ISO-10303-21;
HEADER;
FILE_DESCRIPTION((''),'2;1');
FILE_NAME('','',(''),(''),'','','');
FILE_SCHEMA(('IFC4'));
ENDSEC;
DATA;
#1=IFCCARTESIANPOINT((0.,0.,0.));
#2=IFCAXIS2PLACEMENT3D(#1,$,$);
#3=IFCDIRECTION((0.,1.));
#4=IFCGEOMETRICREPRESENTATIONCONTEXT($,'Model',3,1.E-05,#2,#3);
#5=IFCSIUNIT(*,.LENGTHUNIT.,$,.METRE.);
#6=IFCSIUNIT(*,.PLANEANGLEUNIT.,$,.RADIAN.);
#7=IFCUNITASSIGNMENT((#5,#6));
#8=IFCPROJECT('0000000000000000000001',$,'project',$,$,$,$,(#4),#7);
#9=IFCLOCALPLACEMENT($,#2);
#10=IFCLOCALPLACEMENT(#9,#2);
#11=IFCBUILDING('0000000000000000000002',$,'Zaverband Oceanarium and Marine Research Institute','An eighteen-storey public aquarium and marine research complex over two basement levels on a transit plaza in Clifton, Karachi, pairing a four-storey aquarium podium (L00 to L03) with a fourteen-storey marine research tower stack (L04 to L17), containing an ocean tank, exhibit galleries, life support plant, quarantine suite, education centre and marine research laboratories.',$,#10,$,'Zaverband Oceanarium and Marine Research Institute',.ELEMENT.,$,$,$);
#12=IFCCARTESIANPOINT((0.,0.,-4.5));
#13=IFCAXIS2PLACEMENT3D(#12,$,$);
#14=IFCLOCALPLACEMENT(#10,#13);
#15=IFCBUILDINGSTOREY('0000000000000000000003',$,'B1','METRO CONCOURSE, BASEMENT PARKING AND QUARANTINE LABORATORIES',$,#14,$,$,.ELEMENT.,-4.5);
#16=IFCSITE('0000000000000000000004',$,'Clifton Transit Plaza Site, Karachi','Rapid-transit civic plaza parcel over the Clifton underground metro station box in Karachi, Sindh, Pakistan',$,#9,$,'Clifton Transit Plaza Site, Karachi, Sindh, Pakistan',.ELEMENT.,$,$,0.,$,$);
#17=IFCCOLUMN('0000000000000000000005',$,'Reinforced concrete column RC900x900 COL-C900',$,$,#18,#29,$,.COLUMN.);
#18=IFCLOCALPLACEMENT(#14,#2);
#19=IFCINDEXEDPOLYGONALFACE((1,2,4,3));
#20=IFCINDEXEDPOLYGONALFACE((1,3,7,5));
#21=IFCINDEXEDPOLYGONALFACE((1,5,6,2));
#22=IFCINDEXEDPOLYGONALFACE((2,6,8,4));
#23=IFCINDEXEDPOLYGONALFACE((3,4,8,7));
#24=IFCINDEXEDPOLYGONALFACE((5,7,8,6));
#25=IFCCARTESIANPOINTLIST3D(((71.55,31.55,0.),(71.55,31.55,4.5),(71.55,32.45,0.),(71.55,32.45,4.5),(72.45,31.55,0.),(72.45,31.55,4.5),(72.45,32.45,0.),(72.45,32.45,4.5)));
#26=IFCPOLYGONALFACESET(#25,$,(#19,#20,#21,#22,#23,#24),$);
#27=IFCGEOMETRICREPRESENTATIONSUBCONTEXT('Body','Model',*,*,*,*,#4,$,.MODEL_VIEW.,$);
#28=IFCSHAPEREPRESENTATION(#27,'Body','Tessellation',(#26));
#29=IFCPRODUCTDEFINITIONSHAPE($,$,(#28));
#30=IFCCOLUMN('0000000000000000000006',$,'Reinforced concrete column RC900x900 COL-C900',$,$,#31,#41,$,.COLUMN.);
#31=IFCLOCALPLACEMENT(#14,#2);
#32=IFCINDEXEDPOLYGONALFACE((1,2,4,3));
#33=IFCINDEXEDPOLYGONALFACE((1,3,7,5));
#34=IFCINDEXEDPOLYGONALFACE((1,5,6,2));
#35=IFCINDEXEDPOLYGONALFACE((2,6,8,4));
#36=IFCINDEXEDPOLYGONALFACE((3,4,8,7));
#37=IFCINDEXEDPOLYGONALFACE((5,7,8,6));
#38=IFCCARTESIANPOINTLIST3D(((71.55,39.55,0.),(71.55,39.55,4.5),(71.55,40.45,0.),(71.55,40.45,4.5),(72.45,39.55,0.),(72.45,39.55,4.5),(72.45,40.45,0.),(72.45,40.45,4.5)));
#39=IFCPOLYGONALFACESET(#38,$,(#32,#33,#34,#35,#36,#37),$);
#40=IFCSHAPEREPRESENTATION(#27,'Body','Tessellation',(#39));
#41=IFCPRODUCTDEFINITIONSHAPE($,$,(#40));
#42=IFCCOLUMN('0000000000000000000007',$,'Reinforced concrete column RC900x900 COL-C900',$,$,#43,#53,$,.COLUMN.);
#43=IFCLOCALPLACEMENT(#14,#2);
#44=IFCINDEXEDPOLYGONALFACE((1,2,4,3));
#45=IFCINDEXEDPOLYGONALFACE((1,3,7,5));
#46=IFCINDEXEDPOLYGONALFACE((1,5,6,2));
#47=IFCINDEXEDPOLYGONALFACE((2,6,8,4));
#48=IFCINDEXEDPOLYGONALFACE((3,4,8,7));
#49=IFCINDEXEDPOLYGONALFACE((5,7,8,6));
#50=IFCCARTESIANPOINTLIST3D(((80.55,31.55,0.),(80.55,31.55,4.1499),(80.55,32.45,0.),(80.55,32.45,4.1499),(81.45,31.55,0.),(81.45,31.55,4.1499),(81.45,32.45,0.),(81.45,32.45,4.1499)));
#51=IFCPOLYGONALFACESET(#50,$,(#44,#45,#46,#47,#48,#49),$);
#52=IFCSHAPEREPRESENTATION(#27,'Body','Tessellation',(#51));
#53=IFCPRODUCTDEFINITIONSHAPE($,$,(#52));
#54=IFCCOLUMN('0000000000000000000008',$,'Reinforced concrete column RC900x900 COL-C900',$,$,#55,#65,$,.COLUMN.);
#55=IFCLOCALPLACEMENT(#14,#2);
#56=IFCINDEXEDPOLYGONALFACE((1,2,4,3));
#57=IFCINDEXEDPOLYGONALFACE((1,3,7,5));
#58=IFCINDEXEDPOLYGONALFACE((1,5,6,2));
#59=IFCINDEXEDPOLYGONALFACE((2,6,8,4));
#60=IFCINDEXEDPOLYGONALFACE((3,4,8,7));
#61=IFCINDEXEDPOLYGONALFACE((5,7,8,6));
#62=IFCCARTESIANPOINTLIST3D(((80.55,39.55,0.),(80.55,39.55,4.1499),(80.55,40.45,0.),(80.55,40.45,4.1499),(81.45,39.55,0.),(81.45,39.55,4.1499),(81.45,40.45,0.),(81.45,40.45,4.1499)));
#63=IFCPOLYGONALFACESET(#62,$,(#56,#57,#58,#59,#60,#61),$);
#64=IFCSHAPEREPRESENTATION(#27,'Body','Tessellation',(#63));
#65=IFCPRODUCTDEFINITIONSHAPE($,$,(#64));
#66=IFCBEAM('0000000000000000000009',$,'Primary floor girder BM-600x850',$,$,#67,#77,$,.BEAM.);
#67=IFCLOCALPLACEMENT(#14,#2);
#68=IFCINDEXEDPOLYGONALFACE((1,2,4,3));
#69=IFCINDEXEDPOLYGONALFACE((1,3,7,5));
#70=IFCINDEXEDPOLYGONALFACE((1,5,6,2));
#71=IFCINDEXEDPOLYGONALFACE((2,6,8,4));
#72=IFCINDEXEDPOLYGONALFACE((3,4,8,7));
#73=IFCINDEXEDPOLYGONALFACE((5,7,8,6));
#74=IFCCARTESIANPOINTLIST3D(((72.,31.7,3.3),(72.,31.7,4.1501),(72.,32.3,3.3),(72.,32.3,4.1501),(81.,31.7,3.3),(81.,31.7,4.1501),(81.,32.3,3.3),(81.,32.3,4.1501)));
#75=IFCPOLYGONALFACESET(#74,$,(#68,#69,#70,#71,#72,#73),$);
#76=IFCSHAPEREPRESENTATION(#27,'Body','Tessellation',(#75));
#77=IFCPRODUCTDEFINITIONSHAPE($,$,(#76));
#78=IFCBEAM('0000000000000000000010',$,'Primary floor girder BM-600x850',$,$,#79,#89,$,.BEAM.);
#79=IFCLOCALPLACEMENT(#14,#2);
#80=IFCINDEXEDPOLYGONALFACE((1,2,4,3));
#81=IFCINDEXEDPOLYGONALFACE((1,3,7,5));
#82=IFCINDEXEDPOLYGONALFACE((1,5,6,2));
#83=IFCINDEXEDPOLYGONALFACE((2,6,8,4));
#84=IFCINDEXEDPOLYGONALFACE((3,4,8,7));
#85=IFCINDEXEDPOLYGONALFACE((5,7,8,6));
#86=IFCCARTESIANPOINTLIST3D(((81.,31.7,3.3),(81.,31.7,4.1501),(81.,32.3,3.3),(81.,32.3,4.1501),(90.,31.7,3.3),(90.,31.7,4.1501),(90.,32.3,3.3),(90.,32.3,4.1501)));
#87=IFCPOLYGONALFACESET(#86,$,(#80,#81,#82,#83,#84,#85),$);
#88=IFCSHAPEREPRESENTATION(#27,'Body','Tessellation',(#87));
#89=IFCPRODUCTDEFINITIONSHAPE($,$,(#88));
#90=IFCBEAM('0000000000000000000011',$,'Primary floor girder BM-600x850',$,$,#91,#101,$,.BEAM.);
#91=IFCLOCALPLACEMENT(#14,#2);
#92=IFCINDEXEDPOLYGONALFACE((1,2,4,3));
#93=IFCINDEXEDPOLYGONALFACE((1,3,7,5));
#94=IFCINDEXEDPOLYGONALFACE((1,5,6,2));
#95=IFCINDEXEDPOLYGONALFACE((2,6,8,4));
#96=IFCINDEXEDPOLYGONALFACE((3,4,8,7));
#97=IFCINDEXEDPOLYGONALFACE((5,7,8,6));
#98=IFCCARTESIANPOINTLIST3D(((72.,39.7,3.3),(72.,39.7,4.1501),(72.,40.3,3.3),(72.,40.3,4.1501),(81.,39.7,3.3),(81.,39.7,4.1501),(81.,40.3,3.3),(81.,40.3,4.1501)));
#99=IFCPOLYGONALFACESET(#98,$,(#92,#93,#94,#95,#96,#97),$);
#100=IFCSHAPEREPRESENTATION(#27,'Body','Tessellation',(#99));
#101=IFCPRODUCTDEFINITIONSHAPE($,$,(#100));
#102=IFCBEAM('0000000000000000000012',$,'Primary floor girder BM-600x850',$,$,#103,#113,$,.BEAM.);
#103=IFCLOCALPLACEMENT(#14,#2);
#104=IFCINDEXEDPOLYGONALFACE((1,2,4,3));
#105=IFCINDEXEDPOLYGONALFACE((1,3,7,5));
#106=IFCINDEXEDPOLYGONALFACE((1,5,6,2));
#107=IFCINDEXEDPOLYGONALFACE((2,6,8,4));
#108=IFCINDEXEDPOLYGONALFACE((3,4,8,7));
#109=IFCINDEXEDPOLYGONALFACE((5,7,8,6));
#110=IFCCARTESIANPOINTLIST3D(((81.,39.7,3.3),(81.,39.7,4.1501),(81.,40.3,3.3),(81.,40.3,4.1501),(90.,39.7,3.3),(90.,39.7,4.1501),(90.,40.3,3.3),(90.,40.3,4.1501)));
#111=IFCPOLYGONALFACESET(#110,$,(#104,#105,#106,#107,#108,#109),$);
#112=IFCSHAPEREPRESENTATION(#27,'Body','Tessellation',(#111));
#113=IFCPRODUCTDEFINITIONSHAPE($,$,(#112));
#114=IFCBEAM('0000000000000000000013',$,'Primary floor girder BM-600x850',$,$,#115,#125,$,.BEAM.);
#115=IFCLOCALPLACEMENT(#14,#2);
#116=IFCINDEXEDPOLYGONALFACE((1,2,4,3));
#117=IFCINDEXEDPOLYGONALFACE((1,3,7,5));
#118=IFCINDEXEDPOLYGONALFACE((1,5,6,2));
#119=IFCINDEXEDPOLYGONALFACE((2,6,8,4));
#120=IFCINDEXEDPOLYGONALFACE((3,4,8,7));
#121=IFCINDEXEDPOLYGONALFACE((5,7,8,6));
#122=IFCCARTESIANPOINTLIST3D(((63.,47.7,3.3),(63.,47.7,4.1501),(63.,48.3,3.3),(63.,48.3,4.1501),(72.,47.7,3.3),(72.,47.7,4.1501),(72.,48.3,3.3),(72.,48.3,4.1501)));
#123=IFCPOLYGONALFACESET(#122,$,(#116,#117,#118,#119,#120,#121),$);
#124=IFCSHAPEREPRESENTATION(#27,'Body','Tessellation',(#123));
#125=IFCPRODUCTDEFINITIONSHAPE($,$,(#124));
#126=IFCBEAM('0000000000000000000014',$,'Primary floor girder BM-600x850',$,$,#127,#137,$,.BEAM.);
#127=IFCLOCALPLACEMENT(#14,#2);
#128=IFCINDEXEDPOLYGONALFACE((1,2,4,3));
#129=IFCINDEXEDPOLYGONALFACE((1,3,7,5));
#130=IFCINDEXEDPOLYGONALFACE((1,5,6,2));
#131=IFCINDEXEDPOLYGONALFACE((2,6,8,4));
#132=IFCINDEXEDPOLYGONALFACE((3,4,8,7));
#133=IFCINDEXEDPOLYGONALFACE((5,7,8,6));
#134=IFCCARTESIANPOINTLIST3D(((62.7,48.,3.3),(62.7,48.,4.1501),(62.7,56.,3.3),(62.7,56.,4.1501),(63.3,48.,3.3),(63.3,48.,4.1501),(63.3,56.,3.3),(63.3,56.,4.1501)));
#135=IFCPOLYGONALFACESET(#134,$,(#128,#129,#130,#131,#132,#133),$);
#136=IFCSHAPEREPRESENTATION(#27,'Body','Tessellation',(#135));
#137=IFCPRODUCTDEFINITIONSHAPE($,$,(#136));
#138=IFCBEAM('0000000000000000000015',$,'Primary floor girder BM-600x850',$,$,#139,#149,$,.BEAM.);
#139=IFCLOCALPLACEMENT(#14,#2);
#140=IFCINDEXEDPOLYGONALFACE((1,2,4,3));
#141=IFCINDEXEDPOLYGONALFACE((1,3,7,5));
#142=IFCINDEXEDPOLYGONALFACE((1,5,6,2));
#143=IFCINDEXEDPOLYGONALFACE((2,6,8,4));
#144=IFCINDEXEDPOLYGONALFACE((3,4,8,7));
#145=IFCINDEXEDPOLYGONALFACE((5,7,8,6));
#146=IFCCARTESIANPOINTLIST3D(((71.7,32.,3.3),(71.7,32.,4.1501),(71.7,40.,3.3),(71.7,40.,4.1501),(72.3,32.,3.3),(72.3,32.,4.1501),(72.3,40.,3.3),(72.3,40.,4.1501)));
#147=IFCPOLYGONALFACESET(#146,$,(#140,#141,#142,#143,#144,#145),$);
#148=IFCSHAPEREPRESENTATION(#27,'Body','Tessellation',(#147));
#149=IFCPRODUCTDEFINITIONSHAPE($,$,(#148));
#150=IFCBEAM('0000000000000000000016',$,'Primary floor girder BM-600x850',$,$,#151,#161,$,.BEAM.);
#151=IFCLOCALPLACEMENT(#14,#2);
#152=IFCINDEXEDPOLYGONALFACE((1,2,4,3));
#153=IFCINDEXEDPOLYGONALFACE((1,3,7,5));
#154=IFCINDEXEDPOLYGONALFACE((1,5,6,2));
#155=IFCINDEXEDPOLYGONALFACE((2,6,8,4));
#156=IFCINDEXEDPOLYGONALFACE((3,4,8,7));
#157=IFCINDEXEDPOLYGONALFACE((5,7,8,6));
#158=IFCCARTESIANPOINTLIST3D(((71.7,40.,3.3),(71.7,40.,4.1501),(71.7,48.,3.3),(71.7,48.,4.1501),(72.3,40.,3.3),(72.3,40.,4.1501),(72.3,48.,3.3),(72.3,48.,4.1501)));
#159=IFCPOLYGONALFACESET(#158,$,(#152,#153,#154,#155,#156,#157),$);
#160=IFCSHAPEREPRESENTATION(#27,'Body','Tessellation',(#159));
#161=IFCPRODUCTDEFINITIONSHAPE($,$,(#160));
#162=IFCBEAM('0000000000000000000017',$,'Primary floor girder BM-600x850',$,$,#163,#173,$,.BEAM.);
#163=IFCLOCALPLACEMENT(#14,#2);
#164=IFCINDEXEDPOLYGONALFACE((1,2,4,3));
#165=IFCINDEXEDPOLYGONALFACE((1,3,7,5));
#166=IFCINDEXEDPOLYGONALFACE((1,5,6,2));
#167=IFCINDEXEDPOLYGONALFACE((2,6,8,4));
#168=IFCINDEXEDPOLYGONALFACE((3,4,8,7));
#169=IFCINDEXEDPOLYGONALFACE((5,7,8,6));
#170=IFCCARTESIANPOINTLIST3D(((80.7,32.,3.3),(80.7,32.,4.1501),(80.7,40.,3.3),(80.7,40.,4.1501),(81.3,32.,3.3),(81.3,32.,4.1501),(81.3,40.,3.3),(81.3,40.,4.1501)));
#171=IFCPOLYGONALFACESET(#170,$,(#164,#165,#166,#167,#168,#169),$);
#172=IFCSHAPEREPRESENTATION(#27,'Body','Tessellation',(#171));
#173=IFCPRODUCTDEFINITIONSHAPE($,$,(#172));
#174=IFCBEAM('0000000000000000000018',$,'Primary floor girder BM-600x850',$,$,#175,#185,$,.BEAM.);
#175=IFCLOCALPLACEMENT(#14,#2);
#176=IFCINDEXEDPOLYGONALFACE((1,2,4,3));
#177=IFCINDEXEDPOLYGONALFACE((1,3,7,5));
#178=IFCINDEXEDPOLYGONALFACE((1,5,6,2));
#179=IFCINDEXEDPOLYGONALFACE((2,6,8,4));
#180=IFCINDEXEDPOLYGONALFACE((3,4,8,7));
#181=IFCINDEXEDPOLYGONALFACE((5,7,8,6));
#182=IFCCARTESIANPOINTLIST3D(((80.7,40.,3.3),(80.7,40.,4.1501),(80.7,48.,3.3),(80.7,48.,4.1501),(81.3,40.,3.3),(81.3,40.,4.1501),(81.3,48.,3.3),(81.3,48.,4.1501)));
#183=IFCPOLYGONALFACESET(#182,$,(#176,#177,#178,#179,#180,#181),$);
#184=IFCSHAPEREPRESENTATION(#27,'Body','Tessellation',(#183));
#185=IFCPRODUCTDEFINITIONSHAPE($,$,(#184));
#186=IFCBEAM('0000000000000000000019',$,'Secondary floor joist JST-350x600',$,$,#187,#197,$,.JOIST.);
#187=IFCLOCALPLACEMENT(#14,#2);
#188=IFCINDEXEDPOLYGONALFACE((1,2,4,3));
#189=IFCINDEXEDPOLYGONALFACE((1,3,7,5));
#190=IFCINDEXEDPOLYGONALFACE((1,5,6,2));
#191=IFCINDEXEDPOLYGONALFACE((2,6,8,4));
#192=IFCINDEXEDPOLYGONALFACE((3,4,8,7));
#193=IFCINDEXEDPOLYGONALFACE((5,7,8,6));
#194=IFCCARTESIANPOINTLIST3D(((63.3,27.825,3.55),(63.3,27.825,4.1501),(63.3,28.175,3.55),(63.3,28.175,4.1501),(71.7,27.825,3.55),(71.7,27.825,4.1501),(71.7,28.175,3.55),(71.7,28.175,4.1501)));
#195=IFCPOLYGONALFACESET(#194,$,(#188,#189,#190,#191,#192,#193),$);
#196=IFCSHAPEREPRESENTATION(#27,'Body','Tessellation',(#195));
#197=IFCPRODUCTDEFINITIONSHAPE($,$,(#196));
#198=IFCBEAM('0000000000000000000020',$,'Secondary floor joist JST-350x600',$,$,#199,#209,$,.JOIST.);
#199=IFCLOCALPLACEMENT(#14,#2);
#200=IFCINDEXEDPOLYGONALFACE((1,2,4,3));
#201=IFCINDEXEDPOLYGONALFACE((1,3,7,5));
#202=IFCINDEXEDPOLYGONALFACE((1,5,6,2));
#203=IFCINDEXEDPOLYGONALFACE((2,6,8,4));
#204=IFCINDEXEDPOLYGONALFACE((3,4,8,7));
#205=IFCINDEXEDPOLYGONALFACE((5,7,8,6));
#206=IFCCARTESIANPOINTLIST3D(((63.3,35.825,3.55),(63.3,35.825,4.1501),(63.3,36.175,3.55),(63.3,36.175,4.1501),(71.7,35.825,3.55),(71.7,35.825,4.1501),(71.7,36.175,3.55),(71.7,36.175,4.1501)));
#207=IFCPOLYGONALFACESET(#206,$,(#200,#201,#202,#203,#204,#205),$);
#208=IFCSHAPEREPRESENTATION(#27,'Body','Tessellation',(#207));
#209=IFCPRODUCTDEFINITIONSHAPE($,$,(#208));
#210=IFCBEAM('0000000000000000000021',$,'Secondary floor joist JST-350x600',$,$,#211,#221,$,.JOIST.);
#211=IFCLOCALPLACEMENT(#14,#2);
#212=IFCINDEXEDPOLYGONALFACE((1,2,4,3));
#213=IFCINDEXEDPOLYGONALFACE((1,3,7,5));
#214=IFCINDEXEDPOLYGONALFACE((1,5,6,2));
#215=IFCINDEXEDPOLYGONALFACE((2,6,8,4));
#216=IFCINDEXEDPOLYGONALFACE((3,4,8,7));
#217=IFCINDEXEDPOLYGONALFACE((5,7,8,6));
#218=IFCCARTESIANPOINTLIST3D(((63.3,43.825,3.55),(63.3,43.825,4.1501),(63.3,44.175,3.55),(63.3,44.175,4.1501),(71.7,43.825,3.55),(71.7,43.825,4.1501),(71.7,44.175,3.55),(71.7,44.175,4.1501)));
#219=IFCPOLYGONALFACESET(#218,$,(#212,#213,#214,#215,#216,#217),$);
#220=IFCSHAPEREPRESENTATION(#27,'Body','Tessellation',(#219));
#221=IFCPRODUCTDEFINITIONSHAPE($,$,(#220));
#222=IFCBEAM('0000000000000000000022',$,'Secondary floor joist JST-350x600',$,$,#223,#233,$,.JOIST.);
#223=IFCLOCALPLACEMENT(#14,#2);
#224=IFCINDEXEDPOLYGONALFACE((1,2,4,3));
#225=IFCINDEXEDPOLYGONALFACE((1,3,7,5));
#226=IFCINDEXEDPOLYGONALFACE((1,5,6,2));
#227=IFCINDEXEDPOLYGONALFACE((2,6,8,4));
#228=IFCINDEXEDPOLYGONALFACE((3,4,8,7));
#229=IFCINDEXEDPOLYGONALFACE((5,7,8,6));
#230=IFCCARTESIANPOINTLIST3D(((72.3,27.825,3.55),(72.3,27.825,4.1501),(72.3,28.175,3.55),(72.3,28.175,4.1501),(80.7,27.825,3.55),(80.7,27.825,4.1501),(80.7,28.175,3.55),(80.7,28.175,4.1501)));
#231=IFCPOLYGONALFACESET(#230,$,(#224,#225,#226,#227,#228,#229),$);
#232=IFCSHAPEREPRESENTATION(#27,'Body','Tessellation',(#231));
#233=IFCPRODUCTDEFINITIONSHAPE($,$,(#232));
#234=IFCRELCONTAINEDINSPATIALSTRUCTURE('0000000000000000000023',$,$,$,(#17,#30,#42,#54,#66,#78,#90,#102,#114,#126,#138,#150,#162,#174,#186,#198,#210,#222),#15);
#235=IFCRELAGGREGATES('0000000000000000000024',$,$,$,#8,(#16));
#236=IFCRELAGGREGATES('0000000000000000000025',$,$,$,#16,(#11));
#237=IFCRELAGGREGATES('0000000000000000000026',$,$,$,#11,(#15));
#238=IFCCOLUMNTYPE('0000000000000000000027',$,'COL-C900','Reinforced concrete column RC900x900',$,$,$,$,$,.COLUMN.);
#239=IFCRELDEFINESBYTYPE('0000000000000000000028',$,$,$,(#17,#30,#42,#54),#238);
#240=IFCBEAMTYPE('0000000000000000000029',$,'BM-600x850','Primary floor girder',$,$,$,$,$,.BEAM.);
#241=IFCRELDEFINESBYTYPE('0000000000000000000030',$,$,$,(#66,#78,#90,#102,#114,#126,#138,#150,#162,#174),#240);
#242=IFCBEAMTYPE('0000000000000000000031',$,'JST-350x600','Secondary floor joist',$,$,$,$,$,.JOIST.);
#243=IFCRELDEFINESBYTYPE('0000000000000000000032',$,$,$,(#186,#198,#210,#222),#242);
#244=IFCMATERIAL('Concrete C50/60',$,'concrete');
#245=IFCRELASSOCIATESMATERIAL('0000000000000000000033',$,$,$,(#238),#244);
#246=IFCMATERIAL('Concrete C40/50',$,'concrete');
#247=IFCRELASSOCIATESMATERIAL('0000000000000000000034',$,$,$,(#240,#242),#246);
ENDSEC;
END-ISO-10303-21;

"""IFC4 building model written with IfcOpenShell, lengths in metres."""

from ifc_helpers import new_model, si_unit, direction, frame, origin, origin_2d, place, context, subcontext, project, spatial, rectangle, extrude, material, material_profile, profile_set, type_object, element, save


model = new_model("IFC4")

# Units and contexts
model_context = context("Model", 3, precision=1e-05, world=origin(), true_north=direction((0.0, 1.0)))
body_context = subcontext(model_context, "Body", "Model", "MODEL_VIEW")
ifc_project = project(units=[si_unit("LENGTHUNIT", "METRE"), si_unit("PLANEANGLEUNIT", "RADIAN")], contexts=[model_context])

# Site, building, storey
site_placement = place(None, origin())
site = spatial("IfcSite", under=ifc_project, at=site_placement, Name="Clifton Transit Plaza Site, Karachi", Description="Rapid-transit civic plaza parcel over the Clifton underground metro station box in Karachi, Sindh, Pakistan", LongName="Clifton Transit Plaza Site, Karachi, Sindh, Pakistan", CompositionType="ELEMENT", RefElevation=0.0)
building_placement = place(site_placement, origin())
building = spatial("IfcBuilding", under=site, at=building_placement, Name="Zaverband Oceanarium and Marine Research Institute", Description="An eighteen-storey public aquarium and marine research complex over two basement levels on a transit plaza in Clifton, Karachi, pairing a four-storey aquarium podium (L00 to L03) with a fourteen-storey marine research tower stack (L04 to L17), containing an ocean tank, exhibit galleries, life support plant, quarantine suite, education centre and marine research laboratories.", LongName="Zaverband Oceanarium and Marine Research Institute", CompositionType="ELEMENT")
storey_placement = place(building_placement, frame((0.0, 0.0, -4.5)))
storey = spatial("IfcBuildingStorey", under=building, at=storey_placement, Name="B1", Description="METRO CONCOURSE, BASEMENT PARKING AND QUARANTINE LABORATORIES", CompositionType="ELEMENT", Elevation=-4.5)

# Columns
ifc_material_1 = material(Name="Concrete C50/60", Category="concrete")
ifc_material_profile_1 = material_profile(ifc_material_1, rectangle(XDim=0.8999, YDim=0.8999, at=origin_2d()), Name="RC900x900")
ifc_profile_set_1 = profile_set([ifc_material_profile_1], Name="Concrete C50/60")
column_type = type_object("IfcColumnType", Name="COL-C900", Description="Reinforced concrete column RC900x900", PredefinedType="COLUMN", material=ifc_profile_set_1)
for number, where, z_axis, x_axis, name in (
    (1, (72.0, 32.0, 0.0), (0.0, 0.0, 1.0), (1.0, 0.0, 0.0), "Reinforced concrete column RC900x900 COL-C900"),
    (2, (72.0, 40.0, 0.0), (0.0, 0.0, 1.0), (1.0, 0.0, 0.0), "Reinforced concrete column RC900x900 COL-C900"),
):
    element("IfcColumn", number, at=place(storey_placement, frame(where, z_axis=z_axis, x_axis=x_axis)), inside=storey, type_object=column_type, Name=name, PredefinedType="COLUMN", context=body_context, shape_type="SweptSolid", body=[
        extrude(rectangle(XDim=0.8999, YDim=0.8999, at=origin_2d()), origin(), (0.0, 0.0, 1.0), 4.5),
    ])
for number, where, z_axis, x_axis, name in (
    (3, (81.0, 32.0, 0.0), (0.0, 0.0, 1.0), (1.0, 0.0, 0.0), "Reinforced concrete column RC900x900 COL-C900"),
    (4, (81.0, 40.0, 0.0), (0.0, 0.0, 1.0), (1.0, 0.0, 0.0), "Reinforced concrete column RC900x900 COL-C900"),
):
    element("IfcColumn", number, at=place(storey_placement, frame(where, z_axis=z_axis, x_axis=x_axis)), inside=storey, type_object=column_type, Name=name, PredefinedType="COLUMN", context=body_context, shape_type="SweptSolid", body=[
        extrude(rectangle(XDim=0.8999, YDim=0.8999, at=origin_2d()), origin(), (0.0, 0.0, 1.0), 4.1499),
    ])

# Beams
ifc_material_2 = material(Name="Concrete C40/50", Category="concrete")
ifc_material_profile_2 = material_profile(ifc_material_2, rectangle(XDim=0.6001, YDim=0.8501, at=origin_2d()), Name="RC600x850")
ifc_profile_set_2 = profile_set([ifc_material_profile_2], Name="Concrete C40/50")
beam_type_1 = type_object("IfcBeamType", Name="BM-600x850", Description="Primary floor girder", PredefinedType="BEAM", material=ifc_profile_set_2)
for number, where, z_axis, x_axis, name in (
    (5, (72.0, 32.0, 3.7251), (1.0, 0.0, 0.0), (0.0, 1.0, 0.0), "Primary floor girder BM-600x850"),
    (6, (81.0, 32.0, 3.7251), (1.0, 0.0, 0.0), (0.0, 1.0, 0.0), "Primary floor girder BM-600x850"),
    (7, (72.0, 40.0, 3.7251), (1.0, 0.0, 0.0), (0.0, 1.0, 0.0), "Primary floor girder BM-600x850"),
    (8, (81.0, 40.0, 3.7251), (1.0, 0.0, 0.0), (0.0, 1.0, 0.0), "Primary floor girder BM-600x850"),
    (9, (63.0, 48.0, 3.7251), (1.0, 0.0, 0.0), (0.0, 1.0, 0.0), "Primary floor girder BM-600x850"),
):
    element("IfcBeam", number, at=place(storey_placement, frame(where, z_axis=z_axis, x_axis=x_axis)), inside=storey, type_object=beam_type_1, Name=name, PredefinedType="BEAM", context=body_context, shape_type="SweptSolid", body=[
        extrude(rectangle(XDim=0.6001, YDim=0.8501, at=origin_2d()), origin(), (0.0, 0.0, 1.0), 9.0),
    ])
for number, where, z_axis, x_axis, name in (
    (10, (63.0, 48.0, 3.7251), (0.0, 1.0, 0.0), (-1.0, 0.0, 0.0), "Primary floor girder BM-600x850"),
    (11, (72.0, 32.0, 3.7251), (0.0, 1.0, 0.0), (-1.0, 0.0, 0.0), "Primary floor girder BM-600x850"),
    (12, (72.0, 40.0, 3.7251), (0.0, 1.0, 0.0), (-1.0, 0.0, 0.0), "Primary floor girder BM-600x850"),
    (13, (81.0, 32.0, 3.7251), (0.0, 1.0, 0.0), (-1.0, 0.0, 0.0), "Primary floor girder BM-600x850"),
    (14, (81.0, 40.0, 3.7251), (0.0, 1.0, 0.0), (-1.0, 0.0, 0.0), "Primary floor girder BM-600x850"),
):
    element("IfcBeam", number, at=place(storey_placement, frame(where, z_axis=z_axis, x_axis=x_axis)), inside=storey, type_object=beam_type_1, Name=name, PredefinedType="BEAM", context=body_context, shape_type="SweptSolid", body=[
        extrude(rectangle(XDim=0.6001, YDim=0.8501, at=origin_2d()), origin(), (0.0, 0.0, 1.0), 8.0),
    ])
ifc_material_profile_3 = material_profile(ifc_material_2, rectangle(XDim=0.3501, YDim=0.6001, at=origin_2d()), Name="RC350x600")
ifc_profile_set_3 = profile_set([ifc_material_profile_3], Name="Concrete C40/50")
beam_type_2 = type_object("IfcBeamType", Name="JST-350x600", Description="Secondary floor joist", PredefinedType="JOIST", material=ifc_profile_set_3)
for number, where, z_axis, x_axis, name in (
    (15, (63.3, 28.0, 3.8501), (1.0, 0.0, 0.0), (0.0, 1.0, 0.0), "Secondary floor joist JST-350x600"),
    (16, (63.3, 36.0, 3.8501), (1.0, 0.0, 0.0), (0.0, 1.0, 0.0), "Secondary floor joist JST-350x600"),
    (17, (63.3, 44.0, 3.8501), (1.0, 0.0, 0.0), (0.0, 1.0, 0.0), "Secondary floor joist JST-350x600"),
    (18, (72.3, 28.0, 3.8501), (1.0, 0.0, 0.0), (0.0, 1.0, 0.0), "Secondary floor joist JST-350x600"),
):
    element("IfcBeam", number, at=place(storey_placement, frame(where, z_axis=z_axis, x_axis=x_axis)), inside=storey, type_object=beam_type_2, Name=name, PredefinedType="JOIST", context=body_context, shape_type="SweptSolid", body=[
        extrude(rectangle(XDim=0.3501, YDim=0.6001, at=origin_2d()), origin(), (0.0, 0.0, 1.0), 8.3999),
    ])

save(model, "model.ifc")
